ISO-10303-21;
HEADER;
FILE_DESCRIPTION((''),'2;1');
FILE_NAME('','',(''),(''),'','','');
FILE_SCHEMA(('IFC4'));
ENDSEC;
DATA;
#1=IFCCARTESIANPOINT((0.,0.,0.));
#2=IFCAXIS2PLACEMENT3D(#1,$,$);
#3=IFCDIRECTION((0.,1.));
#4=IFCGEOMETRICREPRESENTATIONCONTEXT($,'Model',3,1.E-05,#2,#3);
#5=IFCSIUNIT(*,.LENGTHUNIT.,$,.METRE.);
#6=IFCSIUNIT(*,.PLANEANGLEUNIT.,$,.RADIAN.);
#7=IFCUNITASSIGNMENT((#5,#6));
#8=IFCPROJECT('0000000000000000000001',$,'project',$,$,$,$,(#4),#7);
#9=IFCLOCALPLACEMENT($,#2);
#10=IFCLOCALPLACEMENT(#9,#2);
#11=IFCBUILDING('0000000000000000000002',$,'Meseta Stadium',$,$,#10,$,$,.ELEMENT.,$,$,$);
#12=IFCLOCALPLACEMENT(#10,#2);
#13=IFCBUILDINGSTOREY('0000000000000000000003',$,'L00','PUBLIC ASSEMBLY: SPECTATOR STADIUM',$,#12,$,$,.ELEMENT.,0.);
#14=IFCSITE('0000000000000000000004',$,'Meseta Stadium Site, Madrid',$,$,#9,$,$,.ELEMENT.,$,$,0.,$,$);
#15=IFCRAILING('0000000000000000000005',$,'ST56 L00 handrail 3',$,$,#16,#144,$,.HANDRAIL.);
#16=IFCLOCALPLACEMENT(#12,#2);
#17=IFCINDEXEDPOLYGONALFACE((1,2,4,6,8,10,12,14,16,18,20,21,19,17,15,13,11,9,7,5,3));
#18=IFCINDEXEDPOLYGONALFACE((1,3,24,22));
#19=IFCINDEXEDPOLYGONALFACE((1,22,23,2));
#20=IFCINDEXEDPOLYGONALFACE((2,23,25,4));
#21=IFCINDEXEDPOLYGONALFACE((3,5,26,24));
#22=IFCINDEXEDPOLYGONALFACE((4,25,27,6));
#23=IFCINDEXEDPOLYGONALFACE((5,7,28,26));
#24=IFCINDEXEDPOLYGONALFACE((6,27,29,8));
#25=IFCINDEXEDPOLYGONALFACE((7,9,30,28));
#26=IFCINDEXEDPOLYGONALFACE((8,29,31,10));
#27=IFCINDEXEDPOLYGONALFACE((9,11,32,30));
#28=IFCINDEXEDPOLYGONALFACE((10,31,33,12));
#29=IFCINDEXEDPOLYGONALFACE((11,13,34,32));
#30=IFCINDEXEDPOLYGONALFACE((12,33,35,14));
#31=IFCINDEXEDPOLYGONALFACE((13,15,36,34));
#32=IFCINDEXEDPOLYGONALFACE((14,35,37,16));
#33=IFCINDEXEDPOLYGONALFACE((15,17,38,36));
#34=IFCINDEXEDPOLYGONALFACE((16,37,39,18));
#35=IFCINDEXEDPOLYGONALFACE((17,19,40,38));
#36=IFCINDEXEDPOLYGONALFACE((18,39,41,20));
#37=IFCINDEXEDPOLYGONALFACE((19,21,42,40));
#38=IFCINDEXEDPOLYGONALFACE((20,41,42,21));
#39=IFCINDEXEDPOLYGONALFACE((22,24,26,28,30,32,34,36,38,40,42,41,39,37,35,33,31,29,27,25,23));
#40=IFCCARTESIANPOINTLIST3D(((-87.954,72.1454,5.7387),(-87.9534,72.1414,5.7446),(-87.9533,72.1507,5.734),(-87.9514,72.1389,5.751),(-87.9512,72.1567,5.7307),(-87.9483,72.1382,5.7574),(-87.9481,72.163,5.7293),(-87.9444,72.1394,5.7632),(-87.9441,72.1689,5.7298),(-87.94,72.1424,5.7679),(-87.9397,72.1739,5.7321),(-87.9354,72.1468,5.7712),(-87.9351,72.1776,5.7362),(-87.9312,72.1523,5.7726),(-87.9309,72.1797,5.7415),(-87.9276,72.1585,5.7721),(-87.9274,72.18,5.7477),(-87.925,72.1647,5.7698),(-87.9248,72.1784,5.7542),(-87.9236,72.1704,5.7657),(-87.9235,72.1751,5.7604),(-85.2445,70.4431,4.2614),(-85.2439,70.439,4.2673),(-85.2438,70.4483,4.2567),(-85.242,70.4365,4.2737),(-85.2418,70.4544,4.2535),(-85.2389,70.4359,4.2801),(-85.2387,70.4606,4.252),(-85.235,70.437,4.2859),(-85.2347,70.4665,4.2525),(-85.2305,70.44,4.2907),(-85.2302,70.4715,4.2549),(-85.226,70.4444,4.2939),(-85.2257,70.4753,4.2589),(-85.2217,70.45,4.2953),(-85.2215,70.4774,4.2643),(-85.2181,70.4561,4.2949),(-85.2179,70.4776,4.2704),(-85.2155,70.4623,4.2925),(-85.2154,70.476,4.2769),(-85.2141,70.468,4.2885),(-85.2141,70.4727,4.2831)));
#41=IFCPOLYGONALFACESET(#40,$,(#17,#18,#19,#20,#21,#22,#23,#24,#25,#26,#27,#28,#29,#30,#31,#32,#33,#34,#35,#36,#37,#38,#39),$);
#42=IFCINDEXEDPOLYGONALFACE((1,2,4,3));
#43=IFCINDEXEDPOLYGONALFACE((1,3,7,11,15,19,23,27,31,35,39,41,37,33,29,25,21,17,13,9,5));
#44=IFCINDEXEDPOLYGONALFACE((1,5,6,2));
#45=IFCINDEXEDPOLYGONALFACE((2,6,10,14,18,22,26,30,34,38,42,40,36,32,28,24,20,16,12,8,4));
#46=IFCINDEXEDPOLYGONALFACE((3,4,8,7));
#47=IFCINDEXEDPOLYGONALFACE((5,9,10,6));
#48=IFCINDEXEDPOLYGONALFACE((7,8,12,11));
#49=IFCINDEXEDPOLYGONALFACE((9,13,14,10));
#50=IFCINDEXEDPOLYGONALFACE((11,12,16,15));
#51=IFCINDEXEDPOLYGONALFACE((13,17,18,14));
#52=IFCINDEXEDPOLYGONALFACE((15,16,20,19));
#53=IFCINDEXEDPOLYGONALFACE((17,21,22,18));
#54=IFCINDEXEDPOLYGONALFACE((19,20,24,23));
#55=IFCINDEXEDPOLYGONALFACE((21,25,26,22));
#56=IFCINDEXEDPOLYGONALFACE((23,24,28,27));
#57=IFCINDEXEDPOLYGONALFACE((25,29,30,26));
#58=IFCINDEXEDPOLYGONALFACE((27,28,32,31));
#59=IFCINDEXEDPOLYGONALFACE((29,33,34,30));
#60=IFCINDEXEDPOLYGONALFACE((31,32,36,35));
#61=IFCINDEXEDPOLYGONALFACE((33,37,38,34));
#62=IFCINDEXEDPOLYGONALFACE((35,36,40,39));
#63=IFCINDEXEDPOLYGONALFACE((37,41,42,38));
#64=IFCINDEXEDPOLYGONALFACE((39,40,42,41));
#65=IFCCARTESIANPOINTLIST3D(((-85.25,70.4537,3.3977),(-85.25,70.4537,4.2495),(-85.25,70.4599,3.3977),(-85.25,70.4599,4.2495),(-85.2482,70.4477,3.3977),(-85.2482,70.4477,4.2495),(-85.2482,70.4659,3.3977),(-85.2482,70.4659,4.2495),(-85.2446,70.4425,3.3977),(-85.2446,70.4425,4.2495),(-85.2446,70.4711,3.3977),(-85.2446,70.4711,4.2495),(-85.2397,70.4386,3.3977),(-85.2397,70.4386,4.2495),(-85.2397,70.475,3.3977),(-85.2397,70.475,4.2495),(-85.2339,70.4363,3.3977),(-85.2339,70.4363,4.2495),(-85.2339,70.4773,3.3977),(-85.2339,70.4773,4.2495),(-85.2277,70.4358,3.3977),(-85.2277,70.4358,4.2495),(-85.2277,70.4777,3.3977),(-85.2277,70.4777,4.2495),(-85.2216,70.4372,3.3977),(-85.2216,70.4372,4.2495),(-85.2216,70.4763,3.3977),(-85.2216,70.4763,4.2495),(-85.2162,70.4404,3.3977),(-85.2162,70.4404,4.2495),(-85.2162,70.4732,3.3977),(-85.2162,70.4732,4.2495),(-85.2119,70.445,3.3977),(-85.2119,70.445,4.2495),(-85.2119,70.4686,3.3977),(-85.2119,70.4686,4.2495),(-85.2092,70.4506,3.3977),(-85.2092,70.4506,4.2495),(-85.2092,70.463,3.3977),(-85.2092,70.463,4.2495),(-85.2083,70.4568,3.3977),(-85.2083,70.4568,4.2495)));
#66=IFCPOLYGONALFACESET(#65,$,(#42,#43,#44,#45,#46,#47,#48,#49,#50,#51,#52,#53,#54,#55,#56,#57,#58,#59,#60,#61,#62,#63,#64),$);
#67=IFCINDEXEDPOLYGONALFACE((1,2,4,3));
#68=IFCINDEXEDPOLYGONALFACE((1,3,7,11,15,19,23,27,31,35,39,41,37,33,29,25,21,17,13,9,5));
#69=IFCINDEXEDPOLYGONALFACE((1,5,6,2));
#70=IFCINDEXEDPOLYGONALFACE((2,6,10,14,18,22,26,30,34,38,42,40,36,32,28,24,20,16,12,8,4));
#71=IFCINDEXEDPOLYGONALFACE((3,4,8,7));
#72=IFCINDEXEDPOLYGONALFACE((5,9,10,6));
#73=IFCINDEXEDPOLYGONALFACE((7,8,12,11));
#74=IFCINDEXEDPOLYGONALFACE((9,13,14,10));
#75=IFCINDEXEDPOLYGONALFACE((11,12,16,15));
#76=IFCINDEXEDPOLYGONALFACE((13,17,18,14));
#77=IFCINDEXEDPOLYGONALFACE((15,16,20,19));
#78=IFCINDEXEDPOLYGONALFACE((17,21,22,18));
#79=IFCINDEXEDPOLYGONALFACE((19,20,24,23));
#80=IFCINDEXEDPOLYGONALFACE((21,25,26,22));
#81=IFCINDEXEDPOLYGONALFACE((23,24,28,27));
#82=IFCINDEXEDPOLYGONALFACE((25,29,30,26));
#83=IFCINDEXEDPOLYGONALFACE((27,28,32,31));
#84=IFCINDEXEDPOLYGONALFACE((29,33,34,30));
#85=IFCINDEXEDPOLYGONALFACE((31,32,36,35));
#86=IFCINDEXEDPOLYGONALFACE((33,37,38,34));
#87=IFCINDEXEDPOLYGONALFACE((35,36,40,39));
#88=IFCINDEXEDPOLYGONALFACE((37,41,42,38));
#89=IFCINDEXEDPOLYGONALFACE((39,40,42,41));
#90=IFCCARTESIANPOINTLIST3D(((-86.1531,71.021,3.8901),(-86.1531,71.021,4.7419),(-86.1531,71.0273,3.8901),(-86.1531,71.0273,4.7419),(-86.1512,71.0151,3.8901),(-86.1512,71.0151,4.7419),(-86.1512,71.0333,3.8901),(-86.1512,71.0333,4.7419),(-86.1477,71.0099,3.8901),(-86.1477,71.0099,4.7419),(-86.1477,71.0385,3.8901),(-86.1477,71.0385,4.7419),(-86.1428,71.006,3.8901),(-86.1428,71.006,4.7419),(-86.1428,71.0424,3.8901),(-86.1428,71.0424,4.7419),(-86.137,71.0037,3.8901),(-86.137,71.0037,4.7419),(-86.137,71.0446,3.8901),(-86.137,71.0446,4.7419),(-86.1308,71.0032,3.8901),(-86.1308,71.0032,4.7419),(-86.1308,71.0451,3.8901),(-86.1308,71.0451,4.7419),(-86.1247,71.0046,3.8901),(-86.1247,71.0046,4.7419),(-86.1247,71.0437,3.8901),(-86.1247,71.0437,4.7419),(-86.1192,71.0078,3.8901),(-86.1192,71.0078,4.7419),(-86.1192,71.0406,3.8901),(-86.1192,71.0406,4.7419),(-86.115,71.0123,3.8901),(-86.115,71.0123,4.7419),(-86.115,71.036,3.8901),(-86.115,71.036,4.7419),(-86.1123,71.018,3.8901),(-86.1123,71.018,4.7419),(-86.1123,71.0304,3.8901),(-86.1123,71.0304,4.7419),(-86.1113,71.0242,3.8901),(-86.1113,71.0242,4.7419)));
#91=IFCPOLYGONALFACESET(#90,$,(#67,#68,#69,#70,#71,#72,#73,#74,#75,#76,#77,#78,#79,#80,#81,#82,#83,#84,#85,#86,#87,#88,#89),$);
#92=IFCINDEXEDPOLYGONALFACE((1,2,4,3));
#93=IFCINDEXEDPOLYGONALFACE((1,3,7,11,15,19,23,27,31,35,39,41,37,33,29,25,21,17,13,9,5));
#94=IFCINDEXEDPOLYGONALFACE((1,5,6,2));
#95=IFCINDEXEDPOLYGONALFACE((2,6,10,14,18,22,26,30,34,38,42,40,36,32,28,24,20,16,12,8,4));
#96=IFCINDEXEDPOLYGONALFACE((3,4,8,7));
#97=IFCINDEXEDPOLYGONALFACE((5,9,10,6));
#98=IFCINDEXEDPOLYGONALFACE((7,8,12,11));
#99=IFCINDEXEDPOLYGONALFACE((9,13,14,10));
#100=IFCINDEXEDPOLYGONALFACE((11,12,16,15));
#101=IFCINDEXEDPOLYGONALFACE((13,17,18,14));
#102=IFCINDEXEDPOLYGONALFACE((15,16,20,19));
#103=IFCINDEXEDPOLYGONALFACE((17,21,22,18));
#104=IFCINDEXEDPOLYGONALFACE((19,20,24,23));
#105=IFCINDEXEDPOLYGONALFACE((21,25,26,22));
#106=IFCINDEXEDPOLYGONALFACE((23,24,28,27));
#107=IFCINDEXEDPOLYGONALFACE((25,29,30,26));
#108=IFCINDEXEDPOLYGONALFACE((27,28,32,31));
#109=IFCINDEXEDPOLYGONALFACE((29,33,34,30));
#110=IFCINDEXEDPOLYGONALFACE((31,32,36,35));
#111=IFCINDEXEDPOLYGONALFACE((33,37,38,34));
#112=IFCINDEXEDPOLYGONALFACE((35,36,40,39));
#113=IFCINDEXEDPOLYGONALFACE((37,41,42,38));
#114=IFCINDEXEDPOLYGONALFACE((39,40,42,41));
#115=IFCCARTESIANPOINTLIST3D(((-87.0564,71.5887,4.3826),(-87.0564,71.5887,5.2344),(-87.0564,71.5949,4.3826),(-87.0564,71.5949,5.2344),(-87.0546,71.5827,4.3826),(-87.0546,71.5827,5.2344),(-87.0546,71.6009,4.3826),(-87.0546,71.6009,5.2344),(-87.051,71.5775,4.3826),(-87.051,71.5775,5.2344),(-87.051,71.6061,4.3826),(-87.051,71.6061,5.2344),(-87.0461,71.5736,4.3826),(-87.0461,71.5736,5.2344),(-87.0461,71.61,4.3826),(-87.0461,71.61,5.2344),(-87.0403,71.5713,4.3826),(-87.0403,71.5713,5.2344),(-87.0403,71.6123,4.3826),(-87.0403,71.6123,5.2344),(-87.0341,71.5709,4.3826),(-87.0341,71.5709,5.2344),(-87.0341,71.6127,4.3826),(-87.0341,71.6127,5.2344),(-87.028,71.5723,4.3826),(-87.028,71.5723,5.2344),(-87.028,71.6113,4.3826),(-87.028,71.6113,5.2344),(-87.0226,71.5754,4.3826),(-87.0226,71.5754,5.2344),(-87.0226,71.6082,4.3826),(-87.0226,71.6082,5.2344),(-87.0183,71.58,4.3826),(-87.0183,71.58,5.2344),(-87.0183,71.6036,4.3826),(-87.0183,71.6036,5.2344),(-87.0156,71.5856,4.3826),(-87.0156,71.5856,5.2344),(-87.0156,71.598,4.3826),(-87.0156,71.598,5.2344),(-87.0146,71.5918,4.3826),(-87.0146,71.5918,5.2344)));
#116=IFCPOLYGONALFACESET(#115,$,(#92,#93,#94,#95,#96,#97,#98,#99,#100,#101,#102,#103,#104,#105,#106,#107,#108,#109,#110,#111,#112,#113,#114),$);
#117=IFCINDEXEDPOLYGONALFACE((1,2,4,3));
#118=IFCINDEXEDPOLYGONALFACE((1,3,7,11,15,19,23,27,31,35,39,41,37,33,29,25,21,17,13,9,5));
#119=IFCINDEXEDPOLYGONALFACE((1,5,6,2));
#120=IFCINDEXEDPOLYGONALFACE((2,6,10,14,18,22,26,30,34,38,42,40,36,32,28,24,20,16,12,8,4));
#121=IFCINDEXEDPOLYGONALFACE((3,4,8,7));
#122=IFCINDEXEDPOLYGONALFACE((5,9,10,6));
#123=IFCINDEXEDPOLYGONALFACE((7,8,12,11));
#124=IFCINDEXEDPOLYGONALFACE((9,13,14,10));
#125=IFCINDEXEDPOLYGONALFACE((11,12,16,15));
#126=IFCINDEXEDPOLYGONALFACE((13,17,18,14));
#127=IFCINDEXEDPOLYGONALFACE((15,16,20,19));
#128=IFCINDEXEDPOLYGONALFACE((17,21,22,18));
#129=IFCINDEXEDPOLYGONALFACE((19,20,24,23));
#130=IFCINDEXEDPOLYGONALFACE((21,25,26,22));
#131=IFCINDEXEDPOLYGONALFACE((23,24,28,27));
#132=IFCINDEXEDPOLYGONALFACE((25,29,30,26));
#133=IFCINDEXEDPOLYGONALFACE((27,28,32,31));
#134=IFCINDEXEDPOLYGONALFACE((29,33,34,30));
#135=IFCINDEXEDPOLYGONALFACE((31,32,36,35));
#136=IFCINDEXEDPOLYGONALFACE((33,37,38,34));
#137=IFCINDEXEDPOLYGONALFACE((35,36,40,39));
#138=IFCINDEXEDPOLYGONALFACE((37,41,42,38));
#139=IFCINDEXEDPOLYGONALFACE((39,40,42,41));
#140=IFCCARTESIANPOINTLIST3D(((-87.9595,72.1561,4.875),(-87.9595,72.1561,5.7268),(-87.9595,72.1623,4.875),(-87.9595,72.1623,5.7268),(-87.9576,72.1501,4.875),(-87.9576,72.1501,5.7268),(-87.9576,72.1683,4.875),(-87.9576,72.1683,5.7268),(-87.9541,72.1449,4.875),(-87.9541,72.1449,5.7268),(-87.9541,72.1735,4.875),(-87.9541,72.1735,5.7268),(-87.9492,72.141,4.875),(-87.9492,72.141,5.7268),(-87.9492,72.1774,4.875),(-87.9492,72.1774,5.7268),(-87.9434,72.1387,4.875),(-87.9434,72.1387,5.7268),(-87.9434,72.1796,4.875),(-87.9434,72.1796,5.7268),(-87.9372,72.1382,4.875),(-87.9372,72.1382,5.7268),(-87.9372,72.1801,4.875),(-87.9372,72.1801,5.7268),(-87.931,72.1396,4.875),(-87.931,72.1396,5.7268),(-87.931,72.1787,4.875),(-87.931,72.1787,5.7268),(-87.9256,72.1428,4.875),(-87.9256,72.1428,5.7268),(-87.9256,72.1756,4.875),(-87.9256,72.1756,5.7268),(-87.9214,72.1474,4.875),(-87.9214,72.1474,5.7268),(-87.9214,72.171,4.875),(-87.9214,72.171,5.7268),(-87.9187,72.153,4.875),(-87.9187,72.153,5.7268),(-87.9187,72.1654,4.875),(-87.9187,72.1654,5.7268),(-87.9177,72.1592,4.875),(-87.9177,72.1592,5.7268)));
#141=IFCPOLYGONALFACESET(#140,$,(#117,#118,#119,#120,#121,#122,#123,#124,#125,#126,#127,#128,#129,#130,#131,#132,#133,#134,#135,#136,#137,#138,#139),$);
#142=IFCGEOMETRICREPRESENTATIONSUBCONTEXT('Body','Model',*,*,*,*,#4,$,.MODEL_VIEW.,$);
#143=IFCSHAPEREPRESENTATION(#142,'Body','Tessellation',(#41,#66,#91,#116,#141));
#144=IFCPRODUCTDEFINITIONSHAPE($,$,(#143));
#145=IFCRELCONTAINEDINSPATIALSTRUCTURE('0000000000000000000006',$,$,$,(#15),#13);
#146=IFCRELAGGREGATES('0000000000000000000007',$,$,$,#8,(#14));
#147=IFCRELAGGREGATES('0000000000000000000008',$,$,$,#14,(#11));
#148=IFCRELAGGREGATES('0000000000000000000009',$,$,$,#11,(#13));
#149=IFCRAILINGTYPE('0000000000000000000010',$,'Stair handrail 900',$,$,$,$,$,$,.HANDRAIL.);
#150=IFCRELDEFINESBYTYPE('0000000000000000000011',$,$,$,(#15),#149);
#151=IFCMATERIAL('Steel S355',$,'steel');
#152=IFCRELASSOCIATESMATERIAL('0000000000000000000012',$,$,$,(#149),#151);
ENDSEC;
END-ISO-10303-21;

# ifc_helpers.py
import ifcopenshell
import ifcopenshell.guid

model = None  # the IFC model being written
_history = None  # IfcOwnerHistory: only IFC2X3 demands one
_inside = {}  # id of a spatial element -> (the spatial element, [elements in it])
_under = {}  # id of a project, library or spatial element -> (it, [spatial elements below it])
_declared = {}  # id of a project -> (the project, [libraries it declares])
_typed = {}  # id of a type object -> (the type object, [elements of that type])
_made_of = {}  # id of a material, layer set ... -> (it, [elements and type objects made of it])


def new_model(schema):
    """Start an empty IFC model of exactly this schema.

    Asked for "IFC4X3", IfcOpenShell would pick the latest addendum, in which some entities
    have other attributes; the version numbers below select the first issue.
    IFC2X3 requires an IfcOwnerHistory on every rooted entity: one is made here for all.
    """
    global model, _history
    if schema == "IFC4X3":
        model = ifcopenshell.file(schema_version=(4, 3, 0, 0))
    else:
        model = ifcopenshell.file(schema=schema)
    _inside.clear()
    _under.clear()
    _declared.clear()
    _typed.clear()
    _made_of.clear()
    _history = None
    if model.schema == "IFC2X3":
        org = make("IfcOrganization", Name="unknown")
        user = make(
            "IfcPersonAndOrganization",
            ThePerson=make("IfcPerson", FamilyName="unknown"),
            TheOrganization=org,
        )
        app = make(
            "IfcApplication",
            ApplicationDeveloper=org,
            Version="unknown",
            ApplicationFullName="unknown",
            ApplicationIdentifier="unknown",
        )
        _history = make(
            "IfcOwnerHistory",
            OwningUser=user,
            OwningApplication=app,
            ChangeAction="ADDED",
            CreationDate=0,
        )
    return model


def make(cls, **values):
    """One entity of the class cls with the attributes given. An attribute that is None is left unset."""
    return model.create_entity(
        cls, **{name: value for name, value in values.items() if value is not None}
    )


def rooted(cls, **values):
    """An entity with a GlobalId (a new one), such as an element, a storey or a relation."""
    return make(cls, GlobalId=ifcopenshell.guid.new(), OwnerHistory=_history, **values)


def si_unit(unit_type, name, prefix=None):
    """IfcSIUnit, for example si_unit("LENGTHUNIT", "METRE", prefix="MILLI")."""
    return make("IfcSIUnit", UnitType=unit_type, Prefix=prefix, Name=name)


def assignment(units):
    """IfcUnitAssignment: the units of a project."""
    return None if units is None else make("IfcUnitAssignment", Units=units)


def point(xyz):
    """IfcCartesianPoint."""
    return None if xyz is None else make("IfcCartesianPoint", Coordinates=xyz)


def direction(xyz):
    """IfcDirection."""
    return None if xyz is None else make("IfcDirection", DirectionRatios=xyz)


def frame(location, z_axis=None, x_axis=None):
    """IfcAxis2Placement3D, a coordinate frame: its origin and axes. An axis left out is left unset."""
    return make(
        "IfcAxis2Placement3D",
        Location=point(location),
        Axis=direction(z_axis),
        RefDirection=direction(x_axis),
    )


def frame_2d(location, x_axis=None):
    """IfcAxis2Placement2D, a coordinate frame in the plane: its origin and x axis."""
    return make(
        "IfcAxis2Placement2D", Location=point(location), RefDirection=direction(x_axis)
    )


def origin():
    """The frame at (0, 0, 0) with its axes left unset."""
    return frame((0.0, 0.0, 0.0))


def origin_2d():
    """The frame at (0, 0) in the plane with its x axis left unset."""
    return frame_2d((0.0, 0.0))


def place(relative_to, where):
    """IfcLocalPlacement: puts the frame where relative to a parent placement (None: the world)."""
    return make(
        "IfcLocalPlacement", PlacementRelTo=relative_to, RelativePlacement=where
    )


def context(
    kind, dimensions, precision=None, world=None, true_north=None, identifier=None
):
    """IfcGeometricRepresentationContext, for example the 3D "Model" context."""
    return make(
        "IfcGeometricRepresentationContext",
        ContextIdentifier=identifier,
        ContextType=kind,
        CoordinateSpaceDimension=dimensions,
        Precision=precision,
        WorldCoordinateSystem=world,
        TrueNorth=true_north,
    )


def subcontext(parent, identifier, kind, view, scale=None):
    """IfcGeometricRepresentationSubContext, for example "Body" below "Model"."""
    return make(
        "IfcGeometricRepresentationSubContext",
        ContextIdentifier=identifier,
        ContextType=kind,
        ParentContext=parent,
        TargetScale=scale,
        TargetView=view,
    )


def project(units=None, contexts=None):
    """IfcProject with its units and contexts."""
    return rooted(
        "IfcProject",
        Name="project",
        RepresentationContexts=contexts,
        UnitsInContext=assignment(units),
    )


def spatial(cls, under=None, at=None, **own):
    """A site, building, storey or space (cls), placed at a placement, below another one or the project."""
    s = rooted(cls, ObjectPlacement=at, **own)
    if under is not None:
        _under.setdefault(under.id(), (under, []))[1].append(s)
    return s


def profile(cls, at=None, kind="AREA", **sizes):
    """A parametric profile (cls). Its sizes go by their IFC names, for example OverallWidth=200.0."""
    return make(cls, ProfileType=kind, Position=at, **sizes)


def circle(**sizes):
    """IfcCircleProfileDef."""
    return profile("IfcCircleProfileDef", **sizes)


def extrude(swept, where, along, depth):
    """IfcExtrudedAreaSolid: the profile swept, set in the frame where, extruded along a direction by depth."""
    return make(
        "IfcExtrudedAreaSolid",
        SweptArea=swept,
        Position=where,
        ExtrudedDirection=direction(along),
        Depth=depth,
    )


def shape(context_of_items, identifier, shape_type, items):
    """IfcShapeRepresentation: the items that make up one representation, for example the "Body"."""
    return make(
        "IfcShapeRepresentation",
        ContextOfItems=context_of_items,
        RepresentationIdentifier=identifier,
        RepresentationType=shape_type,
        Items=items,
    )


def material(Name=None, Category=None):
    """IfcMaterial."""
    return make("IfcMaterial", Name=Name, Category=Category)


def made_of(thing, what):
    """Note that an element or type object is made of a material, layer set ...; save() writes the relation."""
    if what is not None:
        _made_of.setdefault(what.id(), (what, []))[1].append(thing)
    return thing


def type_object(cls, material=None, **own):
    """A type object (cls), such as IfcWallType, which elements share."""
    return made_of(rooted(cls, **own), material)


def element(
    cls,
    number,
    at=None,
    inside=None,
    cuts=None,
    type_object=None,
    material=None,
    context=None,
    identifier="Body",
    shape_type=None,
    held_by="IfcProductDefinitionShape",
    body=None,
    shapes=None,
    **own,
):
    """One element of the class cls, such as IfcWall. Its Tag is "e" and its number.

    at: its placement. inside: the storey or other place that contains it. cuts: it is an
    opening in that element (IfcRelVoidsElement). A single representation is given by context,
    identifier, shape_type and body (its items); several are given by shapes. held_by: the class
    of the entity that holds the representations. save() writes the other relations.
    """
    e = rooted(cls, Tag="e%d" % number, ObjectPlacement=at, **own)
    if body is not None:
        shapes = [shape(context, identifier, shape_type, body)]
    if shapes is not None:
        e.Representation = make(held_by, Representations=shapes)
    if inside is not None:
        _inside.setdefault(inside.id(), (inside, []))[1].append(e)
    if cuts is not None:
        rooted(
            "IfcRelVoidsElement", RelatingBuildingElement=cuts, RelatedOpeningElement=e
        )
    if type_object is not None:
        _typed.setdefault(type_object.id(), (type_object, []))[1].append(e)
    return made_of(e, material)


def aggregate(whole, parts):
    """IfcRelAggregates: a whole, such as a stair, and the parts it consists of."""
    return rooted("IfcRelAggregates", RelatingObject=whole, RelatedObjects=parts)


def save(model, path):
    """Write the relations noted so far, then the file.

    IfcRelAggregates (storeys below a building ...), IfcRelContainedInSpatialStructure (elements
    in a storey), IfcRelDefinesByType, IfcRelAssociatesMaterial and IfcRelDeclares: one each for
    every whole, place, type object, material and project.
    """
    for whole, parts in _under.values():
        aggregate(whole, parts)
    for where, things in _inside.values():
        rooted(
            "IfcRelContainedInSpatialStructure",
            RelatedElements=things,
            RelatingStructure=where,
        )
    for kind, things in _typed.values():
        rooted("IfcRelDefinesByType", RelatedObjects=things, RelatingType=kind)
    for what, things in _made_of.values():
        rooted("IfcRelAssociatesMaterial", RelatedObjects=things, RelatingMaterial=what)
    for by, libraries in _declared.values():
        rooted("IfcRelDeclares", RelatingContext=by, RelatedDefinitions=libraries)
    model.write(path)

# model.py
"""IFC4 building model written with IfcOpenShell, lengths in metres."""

from ifc_helpers import new_model, si_unit, direction, frame, origin, origin_2d, place, context, subcontext, project, spatial, circle, extrude, material, type_object, element, save


model = new_model("IFC4")

# Units and contexts
model_context = context("Model", 3, precision=1e-05, world=origin(), true_north=direction((0.0, 1.0)))
body_context = subcontext(model_context, "Body", "Model", "MODEL_VIEW")
ifc_project = project(units=[si_unit("LENGTHUNIT", "METRE"), si_unit("PLANEANGLEUNIT", "RADIAN")], contexts=[model_context])

# Site, building, storey
site_placement = place(None, origin())
site = spatial("IfcSite", under=ifc_project, at=site_placement, Name="Meseta Stadium Site, Madrid", CompositionType="ELEMENT", RefElevation=0.0)
building_placement = place(site_placement, origin())
building = spatial("IfcBuilding", under=site, at=building_placement, Name="Meseta Stadium", CompositionType="ELEMENT")
storey_placement = place(building_placement, origin())
storey = spatial("IfcBuildingStorey", under=building, at=storey_placement, Name="L00", Description="PUBLIC ASSEMBLY: SPECTATOR STADIUM", CompositionType="ELEMENT", Elevation=0.0)

# Railing
ifc_material_1 = material(Name="Steel S355", Category="steel")
railing_type_1 = type_object("IfcRailingType", Name="Stair handrail 900", PredefinedType="HANDRAIL", material=ifc_material_1)
railing_1_placement = place(storey_placement, frame((-85.2292, 70.4568, 3.3977)))
element("IfcRailing", 1, at=railing_1_placement, inside=storey, type_object=railing_type_1, Name="ST56 L00 handrail 3", PredefinedType="HANDRAIL", context=body_context, shape_type="SweptSolid", body=[
    extrude(circle(Radius=0.0239, at=origin_2d()), frame((0.0, 0.0, 0.876), z_axis=(-0.768764, 0.483023, 0.419156), x_axis=(-0.532014, -0.846736, 0.0)), (0.0, 0.0, 1.0), 3.5244),
    extrude(circle(Radius=0.021, at=origin_2d()), origin(), (0.0, 0.0, 1.0), 0.8518),
    extrude(circle(Radius=0.021, at=origin_2d()), frame((-0.9031, 0.5674, 0.4924)), (0.0, 0.0, 1.0), 0.8518),
    extrude(circle(Radius=0.021, at=origin_2d()), frame((-1.8064, 1.135, 0.9849)), (0.0, 0.0, 1.0), 0.8518),
    extrude(circle(Radius=0.021, at=origin_2d()), frame((-2.7095, 1.7024, 1.4773)), (0.0, 0.0, 1.0), 0.8518),
])

save(model, "model.ifc")
